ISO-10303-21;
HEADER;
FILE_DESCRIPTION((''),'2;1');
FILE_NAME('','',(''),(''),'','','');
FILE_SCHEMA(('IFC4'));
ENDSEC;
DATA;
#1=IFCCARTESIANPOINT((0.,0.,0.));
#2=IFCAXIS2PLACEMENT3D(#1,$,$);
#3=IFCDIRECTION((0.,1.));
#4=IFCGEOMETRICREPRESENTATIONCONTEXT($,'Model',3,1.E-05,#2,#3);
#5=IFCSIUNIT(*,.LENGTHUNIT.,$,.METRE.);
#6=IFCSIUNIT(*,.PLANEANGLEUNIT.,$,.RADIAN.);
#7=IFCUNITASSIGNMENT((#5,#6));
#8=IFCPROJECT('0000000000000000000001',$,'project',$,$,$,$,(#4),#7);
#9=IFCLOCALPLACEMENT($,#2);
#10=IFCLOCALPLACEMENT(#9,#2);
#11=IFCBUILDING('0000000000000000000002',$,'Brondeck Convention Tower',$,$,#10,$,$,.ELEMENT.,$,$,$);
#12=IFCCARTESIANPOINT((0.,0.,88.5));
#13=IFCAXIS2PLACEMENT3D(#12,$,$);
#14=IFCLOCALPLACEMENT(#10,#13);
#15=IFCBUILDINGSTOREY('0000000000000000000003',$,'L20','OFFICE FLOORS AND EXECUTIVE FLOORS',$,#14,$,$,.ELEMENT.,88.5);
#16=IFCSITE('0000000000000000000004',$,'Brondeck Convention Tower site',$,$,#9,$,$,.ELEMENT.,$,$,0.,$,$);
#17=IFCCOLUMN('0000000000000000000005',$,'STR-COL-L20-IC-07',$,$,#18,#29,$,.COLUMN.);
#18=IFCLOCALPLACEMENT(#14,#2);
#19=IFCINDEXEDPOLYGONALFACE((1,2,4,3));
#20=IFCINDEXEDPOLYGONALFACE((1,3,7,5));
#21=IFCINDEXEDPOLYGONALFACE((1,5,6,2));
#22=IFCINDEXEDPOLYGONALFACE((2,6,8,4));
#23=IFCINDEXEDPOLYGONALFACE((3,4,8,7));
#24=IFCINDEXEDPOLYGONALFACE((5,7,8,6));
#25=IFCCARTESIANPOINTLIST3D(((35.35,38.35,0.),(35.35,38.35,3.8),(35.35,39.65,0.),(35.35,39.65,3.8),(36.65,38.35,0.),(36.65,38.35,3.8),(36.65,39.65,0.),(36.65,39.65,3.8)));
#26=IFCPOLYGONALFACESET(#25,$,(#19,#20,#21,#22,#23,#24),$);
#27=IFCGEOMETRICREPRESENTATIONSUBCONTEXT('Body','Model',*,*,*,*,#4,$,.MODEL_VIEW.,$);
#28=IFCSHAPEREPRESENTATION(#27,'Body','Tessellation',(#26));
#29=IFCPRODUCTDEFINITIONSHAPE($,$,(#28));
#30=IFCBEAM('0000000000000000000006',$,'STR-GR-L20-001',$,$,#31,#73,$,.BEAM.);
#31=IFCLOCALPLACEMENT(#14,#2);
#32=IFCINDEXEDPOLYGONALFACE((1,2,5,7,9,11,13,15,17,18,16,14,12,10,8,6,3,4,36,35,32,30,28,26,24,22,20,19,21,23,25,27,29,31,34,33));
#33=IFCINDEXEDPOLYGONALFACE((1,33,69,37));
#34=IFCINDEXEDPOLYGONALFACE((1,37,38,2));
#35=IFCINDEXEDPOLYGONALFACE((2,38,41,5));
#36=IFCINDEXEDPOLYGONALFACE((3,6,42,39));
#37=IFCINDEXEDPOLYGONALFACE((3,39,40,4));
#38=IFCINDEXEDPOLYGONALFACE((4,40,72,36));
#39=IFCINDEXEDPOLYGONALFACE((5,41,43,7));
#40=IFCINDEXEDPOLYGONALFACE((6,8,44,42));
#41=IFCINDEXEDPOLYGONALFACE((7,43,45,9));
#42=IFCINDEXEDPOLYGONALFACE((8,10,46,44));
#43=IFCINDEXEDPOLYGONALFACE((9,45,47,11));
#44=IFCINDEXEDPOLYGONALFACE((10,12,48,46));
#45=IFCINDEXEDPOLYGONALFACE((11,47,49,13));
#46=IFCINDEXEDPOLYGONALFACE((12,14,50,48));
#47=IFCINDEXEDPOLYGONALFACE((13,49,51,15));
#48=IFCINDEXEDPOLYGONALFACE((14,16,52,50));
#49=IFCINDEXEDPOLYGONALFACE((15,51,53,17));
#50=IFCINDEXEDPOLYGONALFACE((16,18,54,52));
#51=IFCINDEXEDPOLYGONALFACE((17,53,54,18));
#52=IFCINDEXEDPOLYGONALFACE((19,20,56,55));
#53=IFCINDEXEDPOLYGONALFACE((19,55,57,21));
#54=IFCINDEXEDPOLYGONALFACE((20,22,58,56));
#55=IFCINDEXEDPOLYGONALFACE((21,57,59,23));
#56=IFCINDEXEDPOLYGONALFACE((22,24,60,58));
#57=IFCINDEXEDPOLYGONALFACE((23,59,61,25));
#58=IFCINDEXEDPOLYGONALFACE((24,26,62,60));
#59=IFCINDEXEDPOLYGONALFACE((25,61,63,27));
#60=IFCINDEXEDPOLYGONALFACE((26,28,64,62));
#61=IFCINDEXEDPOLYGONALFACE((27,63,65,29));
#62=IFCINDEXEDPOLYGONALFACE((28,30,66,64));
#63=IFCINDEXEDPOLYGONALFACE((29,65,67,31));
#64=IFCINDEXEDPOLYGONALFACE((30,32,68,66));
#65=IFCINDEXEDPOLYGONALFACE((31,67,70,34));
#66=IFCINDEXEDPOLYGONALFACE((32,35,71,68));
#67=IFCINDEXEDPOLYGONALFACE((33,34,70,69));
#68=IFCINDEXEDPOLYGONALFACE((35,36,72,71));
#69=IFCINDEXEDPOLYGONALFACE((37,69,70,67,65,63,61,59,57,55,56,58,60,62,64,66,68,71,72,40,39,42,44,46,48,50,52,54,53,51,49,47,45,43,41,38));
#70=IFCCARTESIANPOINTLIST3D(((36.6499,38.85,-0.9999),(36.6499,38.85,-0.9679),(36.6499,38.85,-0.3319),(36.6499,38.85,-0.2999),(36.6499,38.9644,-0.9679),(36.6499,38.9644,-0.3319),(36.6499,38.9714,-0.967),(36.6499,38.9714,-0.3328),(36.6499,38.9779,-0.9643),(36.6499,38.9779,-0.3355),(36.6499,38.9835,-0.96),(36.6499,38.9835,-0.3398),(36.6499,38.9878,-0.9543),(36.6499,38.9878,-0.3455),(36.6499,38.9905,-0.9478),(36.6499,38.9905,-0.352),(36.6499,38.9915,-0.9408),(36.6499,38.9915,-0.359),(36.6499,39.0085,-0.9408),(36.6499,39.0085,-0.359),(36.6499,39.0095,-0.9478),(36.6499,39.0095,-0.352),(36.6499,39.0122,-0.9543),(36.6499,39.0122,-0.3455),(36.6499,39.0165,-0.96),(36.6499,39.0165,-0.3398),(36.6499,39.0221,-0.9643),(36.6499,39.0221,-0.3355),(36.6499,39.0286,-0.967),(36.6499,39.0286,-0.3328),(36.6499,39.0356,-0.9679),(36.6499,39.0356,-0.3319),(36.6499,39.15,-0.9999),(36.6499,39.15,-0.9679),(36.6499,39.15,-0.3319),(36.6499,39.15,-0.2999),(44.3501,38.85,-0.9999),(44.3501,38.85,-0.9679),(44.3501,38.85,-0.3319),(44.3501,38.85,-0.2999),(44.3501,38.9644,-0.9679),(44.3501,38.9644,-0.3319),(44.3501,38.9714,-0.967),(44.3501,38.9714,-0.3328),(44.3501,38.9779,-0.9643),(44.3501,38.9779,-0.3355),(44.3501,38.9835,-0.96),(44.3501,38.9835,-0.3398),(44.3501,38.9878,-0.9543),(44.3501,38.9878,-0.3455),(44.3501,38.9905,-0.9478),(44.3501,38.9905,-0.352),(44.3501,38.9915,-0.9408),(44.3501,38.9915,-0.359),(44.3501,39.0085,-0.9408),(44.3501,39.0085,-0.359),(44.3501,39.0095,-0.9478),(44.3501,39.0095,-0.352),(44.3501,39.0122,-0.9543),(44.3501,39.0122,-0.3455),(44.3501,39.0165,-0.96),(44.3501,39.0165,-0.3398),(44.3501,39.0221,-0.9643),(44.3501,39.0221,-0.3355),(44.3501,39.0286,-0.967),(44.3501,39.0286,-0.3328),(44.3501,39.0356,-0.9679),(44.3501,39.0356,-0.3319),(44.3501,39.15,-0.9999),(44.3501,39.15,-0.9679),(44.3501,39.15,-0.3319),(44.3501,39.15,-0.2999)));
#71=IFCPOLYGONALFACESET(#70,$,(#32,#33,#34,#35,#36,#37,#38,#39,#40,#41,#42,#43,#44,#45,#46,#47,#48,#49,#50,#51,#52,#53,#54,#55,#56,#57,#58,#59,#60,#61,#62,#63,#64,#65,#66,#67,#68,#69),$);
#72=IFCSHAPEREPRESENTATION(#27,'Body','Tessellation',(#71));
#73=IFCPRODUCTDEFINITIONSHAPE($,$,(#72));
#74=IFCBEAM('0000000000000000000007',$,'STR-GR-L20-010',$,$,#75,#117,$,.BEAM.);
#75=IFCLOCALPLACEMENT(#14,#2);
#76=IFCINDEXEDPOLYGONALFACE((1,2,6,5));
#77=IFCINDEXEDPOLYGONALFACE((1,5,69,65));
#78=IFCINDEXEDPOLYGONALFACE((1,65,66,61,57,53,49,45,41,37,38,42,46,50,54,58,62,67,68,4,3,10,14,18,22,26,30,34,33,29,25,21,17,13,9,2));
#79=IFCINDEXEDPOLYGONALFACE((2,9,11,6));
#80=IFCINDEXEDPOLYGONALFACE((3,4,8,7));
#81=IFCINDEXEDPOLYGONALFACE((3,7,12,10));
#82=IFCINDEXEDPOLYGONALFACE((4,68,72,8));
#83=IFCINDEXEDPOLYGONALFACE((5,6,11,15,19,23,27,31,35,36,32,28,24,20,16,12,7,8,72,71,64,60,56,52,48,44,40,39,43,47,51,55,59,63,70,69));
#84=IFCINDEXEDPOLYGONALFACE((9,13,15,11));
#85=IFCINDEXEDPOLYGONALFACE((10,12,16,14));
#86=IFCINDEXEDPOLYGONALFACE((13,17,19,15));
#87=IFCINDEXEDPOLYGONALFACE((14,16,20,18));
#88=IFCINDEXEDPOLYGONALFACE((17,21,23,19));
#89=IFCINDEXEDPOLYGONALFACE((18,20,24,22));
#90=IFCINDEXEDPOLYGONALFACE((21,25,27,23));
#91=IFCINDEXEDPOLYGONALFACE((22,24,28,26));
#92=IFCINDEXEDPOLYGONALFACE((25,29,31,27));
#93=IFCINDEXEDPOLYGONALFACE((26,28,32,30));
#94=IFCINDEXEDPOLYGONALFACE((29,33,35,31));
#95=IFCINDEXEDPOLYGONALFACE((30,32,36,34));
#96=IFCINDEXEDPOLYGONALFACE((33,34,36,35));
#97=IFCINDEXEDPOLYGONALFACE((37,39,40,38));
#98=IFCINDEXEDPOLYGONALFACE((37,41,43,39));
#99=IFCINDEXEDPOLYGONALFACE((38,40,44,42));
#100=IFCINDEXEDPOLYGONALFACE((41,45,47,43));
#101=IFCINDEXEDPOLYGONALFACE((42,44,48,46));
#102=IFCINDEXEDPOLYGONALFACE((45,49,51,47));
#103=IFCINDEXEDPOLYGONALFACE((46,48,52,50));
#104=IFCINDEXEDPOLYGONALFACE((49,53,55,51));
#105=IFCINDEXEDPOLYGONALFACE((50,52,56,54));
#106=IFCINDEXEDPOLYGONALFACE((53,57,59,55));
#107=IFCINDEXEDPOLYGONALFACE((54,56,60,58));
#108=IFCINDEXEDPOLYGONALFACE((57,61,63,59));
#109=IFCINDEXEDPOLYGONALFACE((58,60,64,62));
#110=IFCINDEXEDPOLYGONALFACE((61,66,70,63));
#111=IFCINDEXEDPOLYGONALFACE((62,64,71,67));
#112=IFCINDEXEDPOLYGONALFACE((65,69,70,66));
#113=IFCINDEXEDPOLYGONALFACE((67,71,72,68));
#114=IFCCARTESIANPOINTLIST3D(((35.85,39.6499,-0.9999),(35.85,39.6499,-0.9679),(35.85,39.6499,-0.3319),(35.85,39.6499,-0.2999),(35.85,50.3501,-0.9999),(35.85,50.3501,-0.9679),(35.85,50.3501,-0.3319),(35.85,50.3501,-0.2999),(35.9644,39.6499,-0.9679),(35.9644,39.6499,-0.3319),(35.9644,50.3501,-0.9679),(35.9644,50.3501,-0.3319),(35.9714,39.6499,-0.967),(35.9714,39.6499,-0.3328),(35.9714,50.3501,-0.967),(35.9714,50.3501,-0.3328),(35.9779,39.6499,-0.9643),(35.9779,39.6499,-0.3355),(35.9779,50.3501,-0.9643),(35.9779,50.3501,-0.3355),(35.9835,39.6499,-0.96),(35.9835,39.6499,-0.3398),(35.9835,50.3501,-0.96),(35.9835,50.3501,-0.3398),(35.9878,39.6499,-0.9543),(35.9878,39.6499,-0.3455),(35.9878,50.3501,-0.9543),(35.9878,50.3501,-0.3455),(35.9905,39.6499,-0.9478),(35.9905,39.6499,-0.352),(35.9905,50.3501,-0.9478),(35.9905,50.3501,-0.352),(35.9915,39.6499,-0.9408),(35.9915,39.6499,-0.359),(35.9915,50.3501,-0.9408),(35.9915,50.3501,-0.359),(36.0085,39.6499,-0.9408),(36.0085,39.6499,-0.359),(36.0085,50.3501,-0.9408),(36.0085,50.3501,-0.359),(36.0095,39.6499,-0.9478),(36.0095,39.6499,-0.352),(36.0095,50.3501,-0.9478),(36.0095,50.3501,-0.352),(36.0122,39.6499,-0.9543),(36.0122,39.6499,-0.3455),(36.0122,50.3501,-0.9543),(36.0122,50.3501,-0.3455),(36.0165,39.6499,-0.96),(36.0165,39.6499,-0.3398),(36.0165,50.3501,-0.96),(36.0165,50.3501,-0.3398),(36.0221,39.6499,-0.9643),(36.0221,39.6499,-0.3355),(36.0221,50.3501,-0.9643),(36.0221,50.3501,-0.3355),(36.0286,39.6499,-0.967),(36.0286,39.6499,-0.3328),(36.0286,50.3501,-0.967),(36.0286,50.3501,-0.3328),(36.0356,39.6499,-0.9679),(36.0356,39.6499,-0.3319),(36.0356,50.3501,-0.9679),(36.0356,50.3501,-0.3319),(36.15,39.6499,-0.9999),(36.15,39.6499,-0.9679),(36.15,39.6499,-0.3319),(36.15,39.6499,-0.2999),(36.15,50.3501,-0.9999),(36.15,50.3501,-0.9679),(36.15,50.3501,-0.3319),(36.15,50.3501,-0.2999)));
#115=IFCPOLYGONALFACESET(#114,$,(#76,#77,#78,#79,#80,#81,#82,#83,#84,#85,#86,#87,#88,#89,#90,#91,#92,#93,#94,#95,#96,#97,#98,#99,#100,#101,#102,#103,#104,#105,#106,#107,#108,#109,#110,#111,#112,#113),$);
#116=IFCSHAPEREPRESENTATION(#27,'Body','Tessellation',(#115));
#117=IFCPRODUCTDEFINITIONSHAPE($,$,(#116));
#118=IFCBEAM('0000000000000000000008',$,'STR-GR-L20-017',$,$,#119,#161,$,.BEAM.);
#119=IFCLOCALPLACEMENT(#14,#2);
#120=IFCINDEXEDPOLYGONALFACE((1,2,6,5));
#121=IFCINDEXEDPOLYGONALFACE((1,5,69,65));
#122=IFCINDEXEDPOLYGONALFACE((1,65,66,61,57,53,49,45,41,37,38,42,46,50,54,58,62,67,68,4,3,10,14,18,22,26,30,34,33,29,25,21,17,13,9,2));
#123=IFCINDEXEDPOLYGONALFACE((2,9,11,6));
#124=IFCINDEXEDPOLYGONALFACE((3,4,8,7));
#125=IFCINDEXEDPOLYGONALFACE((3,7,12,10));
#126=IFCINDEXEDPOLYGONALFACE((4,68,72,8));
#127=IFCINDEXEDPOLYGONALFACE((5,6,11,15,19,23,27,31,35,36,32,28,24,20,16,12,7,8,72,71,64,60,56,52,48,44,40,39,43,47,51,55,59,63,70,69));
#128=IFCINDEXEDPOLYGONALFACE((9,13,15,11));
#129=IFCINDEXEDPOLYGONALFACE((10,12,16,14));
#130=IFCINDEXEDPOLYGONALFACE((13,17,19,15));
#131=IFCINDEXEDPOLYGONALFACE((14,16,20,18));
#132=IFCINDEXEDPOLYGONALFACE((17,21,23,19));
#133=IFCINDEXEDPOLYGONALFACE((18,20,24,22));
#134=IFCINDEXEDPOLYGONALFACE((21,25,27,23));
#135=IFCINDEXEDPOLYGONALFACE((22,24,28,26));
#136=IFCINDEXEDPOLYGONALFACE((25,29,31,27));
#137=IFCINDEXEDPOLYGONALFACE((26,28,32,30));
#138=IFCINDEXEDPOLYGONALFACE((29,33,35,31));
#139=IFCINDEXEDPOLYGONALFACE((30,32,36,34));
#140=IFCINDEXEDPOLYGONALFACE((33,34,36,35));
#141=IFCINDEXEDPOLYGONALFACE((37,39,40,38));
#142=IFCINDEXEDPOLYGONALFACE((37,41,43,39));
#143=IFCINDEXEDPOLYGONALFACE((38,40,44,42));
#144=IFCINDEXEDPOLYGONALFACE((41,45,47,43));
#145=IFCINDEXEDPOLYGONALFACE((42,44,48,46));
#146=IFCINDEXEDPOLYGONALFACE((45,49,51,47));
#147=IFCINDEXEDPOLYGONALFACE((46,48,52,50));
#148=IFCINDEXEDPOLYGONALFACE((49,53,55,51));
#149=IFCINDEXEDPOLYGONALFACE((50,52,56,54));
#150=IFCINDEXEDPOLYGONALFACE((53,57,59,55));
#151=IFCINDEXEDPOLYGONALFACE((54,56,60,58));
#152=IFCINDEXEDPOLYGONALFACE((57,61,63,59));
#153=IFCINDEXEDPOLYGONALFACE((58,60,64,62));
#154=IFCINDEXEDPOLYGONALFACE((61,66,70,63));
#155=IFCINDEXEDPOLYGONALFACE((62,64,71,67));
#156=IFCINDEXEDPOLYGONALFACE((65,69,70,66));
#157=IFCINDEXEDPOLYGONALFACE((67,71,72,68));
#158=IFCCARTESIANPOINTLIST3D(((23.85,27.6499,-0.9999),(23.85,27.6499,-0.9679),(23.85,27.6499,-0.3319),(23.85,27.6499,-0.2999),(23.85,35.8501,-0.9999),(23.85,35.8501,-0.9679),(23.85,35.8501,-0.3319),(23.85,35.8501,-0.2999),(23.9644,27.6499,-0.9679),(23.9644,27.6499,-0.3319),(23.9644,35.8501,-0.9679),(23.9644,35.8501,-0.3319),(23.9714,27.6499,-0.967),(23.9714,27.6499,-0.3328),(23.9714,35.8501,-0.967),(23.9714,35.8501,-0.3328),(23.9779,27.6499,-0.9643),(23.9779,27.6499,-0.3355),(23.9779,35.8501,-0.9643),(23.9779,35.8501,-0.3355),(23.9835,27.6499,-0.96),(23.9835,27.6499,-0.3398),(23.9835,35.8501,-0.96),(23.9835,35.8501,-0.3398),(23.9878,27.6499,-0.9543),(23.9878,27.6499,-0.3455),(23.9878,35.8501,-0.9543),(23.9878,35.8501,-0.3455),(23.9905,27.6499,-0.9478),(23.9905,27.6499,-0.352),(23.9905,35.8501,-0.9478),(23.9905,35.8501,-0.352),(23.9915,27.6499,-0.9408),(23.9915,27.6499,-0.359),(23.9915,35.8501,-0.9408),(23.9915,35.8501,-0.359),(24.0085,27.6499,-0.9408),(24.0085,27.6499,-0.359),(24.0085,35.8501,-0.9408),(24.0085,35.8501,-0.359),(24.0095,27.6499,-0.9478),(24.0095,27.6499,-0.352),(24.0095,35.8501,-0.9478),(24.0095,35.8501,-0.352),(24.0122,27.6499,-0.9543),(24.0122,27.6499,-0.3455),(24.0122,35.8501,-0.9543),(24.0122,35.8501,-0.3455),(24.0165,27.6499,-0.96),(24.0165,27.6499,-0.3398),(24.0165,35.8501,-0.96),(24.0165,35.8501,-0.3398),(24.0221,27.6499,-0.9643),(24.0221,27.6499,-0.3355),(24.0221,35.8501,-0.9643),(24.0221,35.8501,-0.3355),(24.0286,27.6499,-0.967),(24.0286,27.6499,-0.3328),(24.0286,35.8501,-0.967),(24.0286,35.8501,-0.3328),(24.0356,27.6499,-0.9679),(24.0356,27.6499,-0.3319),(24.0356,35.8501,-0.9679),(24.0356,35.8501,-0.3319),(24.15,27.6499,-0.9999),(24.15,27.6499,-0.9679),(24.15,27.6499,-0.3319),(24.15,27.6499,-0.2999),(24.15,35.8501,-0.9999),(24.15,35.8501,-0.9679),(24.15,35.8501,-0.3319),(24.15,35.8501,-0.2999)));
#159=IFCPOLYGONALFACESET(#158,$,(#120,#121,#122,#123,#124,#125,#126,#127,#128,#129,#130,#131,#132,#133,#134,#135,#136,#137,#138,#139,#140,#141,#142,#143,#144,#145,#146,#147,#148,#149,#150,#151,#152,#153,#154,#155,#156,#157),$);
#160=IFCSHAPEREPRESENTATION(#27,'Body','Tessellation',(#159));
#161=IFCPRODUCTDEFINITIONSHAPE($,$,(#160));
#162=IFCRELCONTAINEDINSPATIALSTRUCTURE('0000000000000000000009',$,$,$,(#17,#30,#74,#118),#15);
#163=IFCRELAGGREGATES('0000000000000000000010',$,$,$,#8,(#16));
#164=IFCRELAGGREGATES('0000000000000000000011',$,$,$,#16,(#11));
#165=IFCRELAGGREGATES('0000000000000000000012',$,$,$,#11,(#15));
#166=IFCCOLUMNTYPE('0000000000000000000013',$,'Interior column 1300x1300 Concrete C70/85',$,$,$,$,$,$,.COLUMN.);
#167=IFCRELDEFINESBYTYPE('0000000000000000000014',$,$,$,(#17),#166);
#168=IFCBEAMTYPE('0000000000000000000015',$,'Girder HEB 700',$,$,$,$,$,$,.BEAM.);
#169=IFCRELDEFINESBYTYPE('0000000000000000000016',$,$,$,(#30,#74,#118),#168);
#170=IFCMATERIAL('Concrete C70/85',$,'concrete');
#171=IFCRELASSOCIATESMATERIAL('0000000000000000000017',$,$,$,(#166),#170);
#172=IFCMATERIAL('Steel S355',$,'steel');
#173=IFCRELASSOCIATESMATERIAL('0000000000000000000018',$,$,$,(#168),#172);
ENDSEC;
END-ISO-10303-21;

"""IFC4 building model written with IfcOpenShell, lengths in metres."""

from ifc_helpers import new_model, si_unit, direction, frame, origin, origin_2d, place, context, subcontext, project, spatial, rectangle, i_section, extrude, material, material_profile, profile_set, type_object, element, save


model = new_model("IFC4")

# Units and contexts
model_context = context("Model", 3, precision=1e-05, world=origin(), true_north=direction((0.0, 1.0)))
body_context = subcontext(model_context, "Body", "Model", "MODEL_VIEW")
ifc_project = project(units=[si_unit("LENGTHUNIT", "METRE"), si_unit("PLANEANGLEUNIT", "RADIAN")], contexts=[model_context])

# Site, building, storey
site_placement = place(None, origin())
site = spatial("IfcSite", under=ifc_project, at=site_placement, Name="Brondeck Convention Tower site", CompositionType="ELEMENT", RefElevation=0.0)
building_placement = place(site_placement, origin())
building = spatial("IfcBuilding", under=site, at=building_placement, Name="Brondeck Convention Tower", CompositionType="ELEMENT")
storey_placement = place(building_placement, frame((0.0, 0.0, 88.5)))
storey = spatial("IfcBuildingStorey", under=building, at=storey_placement, Name="L20", Description="OFFICE FLOORS AND EXECUTIVE FLOORS", CompositionType="ELEMENT", Elevation=88.5)

# Column
ifc_material_1 = material(Name="Concrete C70/85", Category="concrete")
ifc_material_profile_1 = material_profile(ifc_material_1, rectangle(XDim=1.3, YDim=1.3, at=origin_2d()), Name="Interior column 1300x1300 Concrete C70/85")
ifc_profile_set_1 = profile_set([ifc_material_profile_1], Name="Concrete C70/85")
column_type = type_object("IfcColumnType", Name="Interior column 1300x1300 Concrete C70/85", PredefinedType="COLUMN", material=ifc_profile_set_1)
column_placement = place(storey_placement, frame((36.0, 39.0, 0.0), z_axis=(0.0, 0.0, 1.0), x_axis=(1.0, 0.0, 0.0)))
element("IfcColumn", 1, at=column_placement, inside=storey, type_object=column_type, Name="STR-COL-L20-IC-07", PredefinedType="COLUMN", context=body_context, shape_type="SweptSolid", body=[
    extrude(rectangle(XDim=1.3, YDim=1.3, at=origin_2d()), origin(), (0.0, 0.0, 1.0), 3.8),
])

# Beams
ifc_material_2 = material(Name="Steel S355", Category="steel")
ifc_material_profile_2 = material_profile(ifc_material_2, i_section(OverallWidth=0.3, OverallDepth=0.7, WebThickness=0.0171, FlangeThickness=0.032, FilletRadius=0.0271, at=origin_2d()), Name="HEB 700")
ifc_profile_set_2 = profile_set([ifc_material_profile_2], Name="Steel S355")
beam_type = type_object("IfcBeamType", Name="Girder HEB 700", PredefinedType="BEAM", material=ifc_profile_set_2)
beam_1_placement = place(storey_placement, frame((36.6499, 39.0, -0.6499), z_axis=(1.0, 0.0, 0.0), x_axis=(0.0, 1.0, 0.0)))
element("IfcBeam", 2, at=beam_1_placement, inside=storey, type_object=beam_type, Name="STR-GR-L20-001", PredefinedType="BEAM", context=body_context, shape_type="SweptSolid", body=[
    extrude(i_section(OverallWidth=0.3, OverallDepth=0.7, WebThickness=0.0171, FlangeThickness=0.032, FilletRadius=0.0271, at=origin_2d()), origin(), (0.0, 0.0, 1.0), 7.7002),
])
beam_2_placement = place(storey_placement, frame((36.0, 39.6499, -0.6499), z_axis=(0.0, 1.0, 0.0), x_axis=(-1.0, 0.0, 0.0)))
element("IfcBeam", 3, at=beam_2_placement, inside=storey, type_object=beam_type, Name="STR-GR-L20-010", PredefinedType="BEAM", context=body_context, shape_type="SweptSolid", body=[
    extrude(i_section(OverallWidth=0.3, OverallDepth=0.7, WebThickness=0.0171, FlangeThickness=0.032, FilletRadius=0.0271, at=origin_2d()), origin(), (0.0, 0.0, 1.0), 10.7002),
])
beam_3_placement = place(storey_placement, frame((24.0, 35.8501, -0.6499), z_axis=(0.0, -1.0, 0.0), x_axis=(1.0, 0.0, 0.0)))
element("IfcBeam", 4, at=beam_3_placement, inside=storey, type_object=beam_type, Name="STR-GR-L20-017", PredefinedType="BEAM", context=body_context, shape_type="SweptSolid", body=[
    extrude(i_section(OverallWidth=0.3, OverallDepth=0.7, WebThickness=0.0171, FlangeThickness=0.032, FilletRadius=0.0271, at=origin_2d()), origin(), (0.0, 0.0, 1.0), 8.2002),
])

save(model, "model.ifc")
